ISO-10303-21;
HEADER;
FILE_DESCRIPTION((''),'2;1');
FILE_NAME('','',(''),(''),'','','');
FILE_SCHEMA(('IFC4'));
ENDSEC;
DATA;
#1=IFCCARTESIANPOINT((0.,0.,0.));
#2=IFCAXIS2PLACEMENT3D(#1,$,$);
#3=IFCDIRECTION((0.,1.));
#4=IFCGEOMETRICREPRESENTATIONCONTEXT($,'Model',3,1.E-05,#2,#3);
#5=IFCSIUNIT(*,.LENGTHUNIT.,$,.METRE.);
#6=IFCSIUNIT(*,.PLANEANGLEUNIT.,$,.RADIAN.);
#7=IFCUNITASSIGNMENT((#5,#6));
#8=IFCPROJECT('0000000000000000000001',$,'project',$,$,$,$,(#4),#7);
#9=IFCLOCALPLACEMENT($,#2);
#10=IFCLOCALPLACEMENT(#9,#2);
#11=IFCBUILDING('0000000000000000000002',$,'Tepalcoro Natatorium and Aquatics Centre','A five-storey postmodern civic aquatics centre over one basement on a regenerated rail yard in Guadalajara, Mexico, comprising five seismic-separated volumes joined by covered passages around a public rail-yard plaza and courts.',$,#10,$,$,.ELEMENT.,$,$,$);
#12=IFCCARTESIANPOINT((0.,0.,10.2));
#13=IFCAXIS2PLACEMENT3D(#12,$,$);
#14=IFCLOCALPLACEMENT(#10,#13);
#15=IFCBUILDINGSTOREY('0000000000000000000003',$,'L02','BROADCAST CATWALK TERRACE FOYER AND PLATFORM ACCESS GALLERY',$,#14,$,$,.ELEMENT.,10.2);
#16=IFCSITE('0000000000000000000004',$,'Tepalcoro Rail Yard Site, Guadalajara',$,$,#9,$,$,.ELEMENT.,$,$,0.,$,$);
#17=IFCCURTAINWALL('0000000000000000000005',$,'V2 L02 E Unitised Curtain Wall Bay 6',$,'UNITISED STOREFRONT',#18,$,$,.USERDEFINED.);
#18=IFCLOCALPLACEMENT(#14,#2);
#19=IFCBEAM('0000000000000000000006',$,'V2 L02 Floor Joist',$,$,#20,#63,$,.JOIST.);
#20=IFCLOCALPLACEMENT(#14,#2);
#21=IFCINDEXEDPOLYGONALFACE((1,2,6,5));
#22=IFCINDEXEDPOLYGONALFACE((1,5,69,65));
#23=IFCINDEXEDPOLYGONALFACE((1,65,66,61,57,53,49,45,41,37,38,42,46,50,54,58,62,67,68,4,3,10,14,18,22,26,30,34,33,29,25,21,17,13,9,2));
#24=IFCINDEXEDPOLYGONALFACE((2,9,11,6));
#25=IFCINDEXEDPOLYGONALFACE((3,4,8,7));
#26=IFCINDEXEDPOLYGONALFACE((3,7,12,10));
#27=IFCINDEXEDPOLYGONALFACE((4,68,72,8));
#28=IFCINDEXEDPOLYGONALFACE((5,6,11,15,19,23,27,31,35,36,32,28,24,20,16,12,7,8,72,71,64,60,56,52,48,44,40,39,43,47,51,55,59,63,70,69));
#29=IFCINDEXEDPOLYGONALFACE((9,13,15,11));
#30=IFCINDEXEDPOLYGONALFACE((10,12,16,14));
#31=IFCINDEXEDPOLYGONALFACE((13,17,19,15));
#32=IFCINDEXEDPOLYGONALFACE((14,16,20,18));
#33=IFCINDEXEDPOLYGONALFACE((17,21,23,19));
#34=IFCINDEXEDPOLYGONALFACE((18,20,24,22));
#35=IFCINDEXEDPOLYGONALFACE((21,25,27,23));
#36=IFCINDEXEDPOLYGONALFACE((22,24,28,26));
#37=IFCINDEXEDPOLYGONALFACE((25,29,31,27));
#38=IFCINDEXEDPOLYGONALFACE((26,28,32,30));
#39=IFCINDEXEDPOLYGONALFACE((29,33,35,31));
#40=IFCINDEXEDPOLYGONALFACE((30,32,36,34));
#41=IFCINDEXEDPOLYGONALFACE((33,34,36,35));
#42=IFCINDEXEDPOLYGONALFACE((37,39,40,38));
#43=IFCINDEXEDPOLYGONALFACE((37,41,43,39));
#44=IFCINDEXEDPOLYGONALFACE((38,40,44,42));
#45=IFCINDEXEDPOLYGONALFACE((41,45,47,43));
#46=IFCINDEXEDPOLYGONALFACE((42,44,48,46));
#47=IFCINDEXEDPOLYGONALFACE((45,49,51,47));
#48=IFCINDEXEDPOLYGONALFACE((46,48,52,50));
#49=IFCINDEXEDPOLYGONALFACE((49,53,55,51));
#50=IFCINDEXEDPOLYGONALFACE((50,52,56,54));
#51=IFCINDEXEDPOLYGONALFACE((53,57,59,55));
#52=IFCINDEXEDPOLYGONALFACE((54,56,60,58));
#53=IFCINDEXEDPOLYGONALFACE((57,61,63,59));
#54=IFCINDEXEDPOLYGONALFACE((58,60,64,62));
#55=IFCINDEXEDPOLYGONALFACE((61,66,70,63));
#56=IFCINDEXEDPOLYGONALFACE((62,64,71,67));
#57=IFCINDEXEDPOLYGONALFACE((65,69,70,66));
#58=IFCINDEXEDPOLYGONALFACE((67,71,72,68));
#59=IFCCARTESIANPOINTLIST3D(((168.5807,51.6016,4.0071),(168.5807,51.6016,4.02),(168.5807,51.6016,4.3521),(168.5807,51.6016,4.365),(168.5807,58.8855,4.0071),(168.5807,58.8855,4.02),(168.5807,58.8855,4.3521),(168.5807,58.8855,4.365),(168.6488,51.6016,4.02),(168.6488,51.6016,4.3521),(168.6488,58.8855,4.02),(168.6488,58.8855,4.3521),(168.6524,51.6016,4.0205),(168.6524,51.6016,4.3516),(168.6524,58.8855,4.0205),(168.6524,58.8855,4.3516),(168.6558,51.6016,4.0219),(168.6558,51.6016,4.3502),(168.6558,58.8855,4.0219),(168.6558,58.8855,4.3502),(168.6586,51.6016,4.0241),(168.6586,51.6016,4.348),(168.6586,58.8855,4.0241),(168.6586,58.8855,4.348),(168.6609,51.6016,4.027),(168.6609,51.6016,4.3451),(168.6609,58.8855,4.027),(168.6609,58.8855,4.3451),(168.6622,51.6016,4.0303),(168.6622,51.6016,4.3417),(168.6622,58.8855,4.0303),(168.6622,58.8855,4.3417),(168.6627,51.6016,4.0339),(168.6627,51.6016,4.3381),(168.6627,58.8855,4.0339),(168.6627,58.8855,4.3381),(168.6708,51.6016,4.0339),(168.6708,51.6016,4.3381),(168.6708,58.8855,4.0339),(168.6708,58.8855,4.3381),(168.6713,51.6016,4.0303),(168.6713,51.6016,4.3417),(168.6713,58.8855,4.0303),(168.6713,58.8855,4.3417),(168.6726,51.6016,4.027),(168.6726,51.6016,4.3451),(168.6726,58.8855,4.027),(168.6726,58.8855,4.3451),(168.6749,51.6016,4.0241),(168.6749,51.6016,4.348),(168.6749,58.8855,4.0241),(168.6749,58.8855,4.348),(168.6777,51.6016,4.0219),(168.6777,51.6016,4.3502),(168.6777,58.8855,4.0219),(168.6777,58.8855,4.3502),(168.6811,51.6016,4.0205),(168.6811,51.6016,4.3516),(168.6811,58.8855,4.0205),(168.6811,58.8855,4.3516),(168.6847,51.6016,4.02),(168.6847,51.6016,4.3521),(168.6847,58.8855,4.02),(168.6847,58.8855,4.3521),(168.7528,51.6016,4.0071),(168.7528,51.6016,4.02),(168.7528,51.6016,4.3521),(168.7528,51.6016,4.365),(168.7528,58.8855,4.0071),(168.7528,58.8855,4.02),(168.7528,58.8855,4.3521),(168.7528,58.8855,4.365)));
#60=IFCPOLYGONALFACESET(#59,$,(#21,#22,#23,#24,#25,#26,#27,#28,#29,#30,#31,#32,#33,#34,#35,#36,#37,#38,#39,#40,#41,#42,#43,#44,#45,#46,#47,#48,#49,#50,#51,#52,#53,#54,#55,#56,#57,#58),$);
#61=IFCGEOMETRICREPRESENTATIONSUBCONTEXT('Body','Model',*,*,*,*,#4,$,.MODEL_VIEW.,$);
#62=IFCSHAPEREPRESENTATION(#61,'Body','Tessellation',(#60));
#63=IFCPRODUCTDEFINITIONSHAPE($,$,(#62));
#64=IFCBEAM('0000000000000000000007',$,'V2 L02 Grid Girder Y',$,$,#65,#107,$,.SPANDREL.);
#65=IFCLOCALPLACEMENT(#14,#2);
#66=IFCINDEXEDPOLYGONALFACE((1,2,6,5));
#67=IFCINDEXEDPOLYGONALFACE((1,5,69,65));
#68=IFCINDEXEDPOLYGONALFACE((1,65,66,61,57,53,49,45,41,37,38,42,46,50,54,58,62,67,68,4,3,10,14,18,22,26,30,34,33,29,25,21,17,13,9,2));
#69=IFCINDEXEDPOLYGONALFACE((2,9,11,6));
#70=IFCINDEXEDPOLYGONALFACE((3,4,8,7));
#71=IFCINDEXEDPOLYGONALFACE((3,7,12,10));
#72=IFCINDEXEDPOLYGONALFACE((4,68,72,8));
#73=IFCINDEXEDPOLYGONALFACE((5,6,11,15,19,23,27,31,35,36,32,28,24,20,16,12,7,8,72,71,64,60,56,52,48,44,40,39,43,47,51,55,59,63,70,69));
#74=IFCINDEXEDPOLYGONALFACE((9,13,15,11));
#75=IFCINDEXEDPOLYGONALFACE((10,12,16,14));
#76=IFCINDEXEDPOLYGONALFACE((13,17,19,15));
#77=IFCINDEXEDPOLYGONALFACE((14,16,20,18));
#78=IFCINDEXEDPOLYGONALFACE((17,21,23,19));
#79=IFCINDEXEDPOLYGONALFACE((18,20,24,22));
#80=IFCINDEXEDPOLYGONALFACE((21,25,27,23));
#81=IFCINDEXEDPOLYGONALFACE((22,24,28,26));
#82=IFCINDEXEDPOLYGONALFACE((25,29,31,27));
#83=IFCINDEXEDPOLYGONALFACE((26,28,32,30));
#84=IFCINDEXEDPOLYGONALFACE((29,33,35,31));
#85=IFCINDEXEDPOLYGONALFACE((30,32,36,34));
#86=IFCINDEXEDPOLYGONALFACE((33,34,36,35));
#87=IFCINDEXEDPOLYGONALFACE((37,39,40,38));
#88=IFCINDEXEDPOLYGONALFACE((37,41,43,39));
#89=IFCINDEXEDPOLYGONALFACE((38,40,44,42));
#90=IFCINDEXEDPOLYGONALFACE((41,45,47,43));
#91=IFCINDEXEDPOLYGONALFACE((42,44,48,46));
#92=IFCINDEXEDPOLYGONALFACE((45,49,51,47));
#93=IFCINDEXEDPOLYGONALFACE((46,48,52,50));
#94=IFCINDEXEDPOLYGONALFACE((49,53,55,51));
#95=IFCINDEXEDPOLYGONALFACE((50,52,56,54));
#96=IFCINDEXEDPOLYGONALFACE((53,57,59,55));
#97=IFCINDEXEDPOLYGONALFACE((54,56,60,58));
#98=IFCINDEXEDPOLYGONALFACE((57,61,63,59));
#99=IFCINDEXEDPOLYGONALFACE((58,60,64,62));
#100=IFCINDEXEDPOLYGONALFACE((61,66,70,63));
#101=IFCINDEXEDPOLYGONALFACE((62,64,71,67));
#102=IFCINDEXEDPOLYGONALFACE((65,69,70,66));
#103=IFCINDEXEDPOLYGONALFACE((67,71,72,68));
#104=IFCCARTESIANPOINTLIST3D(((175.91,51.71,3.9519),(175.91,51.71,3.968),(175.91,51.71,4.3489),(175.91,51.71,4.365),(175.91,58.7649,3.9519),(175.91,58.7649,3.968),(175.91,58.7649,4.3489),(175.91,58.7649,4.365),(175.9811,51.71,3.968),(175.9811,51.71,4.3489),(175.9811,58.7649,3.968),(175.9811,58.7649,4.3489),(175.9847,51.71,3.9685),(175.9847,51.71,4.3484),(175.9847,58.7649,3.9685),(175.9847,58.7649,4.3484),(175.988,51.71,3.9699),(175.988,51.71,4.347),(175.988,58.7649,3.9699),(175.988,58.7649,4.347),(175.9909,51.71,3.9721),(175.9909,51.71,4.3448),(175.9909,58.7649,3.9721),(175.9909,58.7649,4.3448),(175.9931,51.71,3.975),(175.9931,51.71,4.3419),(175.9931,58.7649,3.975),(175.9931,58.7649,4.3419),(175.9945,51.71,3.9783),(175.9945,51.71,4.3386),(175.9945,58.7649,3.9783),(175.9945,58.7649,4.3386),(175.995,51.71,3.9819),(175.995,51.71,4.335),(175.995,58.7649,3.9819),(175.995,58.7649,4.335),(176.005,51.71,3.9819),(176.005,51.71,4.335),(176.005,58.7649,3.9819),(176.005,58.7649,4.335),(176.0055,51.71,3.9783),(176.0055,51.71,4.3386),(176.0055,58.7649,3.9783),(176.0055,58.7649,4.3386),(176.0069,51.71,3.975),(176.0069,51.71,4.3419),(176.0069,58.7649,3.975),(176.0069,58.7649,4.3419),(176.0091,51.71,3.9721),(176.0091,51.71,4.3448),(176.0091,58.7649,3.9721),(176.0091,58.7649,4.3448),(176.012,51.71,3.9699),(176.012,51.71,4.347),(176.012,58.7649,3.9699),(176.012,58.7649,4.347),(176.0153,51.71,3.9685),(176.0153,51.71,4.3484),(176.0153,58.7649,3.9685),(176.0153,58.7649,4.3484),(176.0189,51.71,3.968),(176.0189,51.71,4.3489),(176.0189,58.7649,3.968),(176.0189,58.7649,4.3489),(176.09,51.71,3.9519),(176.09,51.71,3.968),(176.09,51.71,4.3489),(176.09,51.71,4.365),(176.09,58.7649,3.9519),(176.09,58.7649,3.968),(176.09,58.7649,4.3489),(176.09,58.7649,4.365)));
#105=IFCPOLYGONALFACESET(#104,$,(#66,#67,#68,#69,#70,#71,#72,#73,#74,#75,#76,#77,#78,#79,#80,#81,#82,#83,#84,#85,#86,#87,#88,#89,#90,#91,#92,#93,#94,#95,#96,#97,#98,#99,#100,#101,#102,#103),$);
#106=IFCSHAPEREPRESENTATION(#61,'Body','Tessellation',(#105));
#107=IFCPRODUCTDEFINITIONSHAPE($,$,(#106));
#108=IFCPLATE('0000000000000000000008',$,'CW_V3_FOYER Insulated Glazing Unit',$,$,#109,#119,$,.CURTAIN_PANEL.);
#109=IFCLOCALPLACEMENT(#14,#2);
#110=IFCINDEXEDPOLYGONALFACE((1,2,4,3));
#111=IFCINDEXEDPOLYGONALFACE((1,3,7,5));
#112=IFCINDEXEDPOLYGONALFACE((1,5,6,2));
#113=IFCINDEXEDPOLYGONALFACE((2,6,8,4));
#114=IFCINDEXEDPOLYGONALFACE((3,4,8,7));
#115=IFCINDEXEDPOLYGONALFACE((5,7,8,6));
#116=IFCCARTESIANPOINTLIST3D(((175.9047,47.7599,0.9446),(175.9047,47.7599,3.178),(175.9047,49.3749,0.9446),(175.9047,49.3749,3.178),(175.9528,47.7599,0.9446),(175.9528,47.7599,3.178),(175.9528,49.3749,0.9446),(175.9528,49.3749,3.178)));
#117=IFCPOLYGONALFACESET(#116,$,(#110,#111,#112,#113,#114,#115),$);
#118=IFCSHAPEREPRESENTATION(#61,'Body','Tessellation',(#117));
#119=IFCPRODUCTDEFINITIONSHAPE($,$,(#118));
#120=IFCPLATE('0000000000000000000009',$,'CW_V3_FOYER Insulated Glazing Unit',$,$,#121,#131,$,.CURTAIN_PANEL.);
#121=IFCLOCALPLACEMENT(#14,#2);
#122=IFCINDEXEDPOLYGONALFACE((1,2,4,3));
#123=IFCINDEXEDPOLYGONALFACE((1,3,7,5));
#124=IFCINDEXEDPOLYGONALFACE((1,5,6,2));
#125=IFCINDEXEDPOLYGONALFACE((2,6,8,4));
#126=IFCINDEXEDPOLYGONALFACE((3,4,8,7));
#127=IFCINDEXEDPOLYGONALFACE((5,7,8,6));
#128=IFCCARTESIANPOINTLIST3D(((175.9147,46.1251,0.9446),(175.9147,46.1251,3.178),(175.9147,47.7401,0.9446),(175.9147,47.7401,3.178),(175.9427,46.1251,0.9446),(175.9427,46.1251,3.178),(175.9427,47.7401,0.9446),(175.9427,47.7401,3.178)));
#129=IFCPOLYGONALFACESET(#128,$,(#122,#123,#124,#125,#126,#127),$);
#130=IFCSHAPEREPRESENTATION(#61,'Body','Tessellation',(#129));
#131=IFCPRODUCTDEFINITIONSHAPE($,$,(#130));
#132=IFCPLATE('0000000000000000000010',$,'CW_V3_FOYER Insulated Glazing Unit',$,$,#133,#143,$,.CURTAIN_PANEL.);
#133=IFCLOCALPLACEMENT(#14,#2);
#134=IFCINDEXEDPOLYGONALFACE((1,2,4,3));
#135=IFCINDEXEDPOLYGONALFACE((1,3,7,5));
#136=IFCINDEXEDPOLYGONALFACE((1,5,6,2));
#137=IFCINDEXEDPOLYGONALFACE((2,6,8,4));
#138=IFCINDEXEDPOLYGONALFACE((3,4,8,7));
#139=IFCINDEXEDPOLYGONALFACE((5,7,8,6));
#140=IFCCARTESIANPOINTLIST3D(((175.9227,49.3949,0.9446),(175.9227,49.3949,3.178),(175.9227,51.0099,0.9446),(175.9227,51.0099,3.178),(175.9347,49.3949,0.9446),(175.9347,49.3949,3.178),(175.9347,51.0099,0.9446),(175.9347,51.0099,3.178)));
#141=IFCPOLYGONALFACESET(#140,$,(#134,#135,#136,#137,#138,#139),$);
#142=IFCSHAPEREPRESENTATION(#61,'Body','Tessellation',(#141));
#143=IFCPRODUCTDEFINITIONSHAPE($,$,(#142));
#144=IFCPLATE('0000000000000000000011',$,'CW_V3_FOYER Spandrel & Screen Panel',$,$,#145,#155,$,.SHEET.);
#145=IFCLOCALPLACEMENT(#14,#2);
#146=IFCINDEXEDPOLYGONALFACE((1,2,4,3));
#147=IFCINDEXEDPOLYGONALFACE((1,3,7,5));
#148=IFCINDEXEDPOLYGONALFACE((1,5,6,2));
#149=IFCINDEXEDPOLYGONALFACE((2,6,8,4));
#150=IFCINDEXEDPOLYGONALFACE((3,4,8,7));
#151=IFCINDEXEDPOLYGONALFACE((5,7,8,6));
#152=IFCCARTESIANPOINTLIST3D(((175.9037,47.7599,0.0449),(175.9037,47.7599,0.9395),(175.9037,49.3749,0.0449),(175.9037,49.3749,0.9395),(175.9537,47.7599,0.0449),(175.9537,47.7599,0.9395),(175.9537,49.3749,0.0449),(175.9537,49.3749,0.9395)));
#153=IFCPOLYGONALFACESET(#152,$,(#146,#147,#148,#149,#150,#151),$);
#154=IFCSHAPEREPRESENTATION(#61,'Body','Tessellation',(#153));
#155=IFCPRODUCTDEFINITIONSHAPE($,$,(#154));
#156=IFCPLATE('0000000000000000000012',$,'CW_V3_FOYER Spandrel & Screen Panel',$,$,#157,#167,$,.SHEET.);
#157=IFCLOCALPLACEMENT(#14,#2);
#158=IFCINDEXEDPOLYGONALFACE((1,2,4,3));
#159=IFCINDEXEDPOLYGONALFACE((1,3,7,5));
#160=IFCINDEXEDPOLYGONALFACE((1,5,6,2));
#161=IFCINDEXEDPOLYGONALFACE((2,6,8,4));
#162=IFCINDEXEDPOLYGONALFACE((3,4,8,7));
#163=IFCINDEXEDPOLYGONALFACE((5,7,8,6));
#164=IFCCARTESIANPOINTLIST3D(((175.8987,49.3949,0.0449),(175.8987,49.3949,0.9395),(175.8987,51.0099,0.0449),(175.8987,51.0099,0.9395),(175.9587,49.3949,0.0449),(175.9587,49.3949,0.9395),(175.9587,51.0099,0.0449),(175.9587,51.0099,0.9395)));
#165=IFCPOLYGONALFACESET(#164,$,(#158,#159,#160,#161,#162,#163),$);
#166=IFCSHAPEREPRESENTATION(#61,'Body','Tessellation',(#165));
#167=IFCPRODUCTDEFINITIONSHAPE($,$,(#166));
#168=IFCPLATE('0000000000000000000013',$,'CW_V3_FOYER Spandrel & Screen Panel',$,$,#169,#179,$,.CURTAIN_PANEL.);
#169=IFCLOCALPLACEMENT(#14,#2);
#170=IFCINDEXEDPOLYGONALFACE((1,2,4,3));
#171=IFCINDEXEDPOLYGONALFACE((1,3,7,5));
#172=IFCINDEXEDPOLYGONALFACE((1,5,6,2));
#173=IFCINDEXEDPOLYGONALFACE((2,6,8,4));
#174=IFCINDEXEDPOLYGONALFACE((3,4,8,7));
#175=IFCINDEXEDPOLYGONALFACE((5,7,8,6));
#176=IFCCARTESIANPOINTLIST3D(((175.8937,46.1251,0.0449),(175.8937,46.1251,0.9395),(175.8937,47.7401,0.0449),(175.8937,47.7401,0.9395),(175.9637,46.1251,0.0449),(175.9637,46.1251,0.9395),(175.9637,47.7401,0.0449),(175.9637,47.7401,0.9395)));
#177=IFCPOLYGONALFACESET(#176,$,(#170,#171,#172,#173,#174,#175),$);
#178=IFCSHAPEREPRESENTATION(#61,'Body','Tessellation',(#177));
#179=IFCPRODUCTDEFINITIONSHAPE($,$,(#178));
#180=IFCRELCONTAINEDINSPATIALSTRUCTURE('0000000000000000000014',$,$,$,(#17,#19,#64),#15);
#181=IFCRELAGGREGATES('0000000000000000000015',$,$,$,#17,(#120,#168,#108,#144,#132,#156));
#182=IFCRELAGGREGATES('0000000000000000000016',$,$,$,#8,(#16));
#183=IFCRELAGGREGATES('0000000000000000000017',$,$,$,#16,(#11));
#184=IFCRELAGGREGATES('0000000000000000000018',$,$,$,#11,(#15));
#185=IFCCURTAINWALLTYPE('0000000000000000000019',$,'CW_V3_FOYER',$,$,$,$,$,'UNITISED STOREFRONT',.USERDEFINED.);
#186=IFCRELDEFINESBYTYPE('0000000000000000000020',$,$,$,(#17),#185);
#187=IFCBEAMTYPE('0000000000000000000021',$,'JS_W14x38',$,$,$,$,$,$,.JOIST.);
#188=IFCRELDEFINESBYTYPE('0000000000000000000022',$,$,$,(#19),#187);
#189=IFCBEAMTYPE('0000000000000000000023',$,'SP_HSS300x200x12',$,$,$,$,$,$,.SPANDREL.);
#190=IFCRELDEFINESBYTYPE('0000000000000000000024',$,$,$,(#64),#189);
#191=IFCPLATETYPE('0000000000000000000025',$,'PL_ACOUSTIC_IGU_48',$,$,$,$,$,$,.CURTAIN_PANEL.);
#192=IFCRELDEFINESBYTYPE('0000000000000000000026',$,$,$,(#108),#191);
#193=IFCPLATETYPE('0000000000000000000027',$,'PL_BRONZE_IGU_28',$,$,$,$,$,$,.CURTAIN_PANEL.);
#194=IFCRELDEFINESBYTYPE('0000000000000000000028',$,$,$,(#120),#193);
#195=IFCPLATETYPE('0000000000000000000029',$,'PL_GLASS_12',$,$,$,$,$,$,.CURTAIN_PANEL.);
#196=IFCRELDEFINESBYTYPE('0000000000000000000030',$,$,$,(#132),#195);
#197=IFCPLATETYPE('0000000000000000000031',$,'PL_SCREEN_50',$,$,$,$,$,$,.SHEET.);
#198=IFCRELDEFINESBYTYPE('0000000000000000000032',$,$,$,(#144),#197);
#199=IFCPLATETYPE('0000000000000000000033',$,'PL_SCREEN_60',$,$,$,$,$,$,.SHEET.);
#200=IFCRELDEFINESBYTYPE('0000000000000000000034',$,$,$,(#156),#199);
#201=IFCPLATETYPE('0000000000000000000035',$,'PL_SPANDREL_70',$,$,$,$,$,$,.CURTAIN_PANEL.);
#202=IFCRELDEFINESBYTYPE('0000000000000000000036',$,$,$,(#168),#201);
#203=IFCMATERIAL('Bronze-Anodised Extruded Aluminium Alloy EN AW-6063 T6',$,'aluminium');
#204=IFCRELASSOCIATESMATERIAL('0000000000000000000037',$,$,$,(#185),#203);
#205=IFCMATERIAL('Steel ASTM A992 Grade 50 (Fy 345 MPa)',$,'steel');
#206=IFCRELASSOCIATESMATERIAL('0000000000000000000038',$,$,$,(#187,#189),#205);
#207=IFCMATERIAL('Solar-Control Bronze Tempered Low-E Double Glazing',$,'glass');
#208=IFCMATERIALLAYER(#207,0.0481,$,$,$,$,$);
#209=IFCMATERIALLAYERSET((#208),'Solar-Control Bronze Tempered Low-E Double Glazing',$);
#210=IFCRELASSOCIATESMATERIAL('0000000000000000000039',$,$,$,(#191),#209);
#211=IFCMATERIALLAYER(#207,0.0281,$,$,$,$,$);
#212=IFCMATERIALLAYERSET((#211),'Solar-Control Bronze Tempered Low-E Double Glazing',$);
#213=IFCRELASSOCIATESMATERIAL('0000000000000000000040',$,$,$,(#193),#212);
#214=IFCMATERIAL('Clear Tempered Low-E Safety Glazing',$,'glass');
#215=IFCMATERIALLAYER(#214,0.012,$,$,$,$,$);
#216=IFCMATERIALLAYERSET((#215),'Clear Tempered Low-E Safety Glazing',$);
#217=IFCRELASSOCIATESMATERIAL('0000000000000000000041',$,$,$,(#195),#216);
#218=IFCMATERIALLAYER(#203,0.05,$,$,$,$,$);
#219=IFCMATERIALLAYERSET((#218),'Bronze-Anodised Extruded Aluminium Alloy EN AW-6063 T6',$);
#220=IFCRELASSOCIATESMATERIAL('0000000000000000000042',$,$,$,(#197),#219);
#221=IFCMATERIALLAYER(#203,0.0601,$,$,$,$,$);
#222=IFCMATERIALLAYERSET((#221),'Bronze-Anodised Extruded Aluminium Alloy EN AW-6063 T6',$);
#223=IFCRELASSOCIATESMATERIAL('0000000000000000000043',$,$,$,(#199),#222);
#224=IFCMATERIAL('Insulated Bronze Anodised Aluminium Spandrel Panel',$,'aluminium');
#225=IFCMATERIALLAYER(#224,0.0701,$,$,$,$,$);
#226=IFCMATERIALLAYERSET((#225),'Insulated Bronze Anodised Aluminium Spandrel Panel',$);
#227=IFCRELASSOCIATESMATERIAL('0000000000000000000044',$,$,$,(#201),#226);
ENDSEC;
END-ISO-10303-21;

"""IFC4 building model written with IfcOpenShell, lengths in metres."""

from ifc_helpers import new_model, si_unit, direction, frame, origin, origin_2d, place, context, subcontext, project, spatial, rectangle, i_section, extrude, material, layer, layer_set, material_profile, profile_set, type_object, element, aggregate, save


model = new_model("IFC4")

# Units and contexts
model_context = context("Model", 3, precision=1e-05, world=origin(), true_north=direction((0.0, 1.0)))
body_context = subcontext(model_context, "Body", "Model", "MODEL_VIEW")
ifc_project = project(units=[si_unit("LENGTHUNIT", "METRE"), si_unit("PLANEANGLEUNIT", "RADIAN")], contexts=[model_context])

# Site, building, storey
site_placement = place(None, origin())
site = spatial("IfcSite", under=ifc_project, at=site_placement, Name="Tepalcoro Rail Yard Site, Guadalajara", CompositionType="ELEMENT", RefElevation=0.0)
building_placement = place(site_placement, origin())
building = spatial("IfcBuilding", under=site, at=building_placement, Name="Tepalcoro Natatorium and Aquatics Centre", Description="A five-storey postmodern civic aquatics centre over one basement on a regenerated rail yard in Guadalajara, Mexico, comprising five seismic-separated volumes joined by covered passages around a public rail-yard plaza and courts.", CompositionType="ELEMENT")
storey_placement = place(building_placement, frame((0.0, 0.0, 10.2)))
storey = spatial("IfcBuildingStorey", under=building, at=storey_placement, Name="L02", Description="BROADCAST CATWALK TERRACE FOYER AND PLATFORM ACCESS GALLERY", CompositionType="ELEMENT", Elevation=10.2)

# Shared definitions
ifc_material_1 = material(Name="Steel ASTM A992 Grade 50 (Fy 345 MPa)", Category="steel")

# Curtain wall
ifc_material_2 = material(Name="Bronze-Anodised Extruded Aluminium Alloy EN AW-6063 T6", Category="aluminium")
curtain_wall_type = type_object("IfcCurtainWallType", Name="CW_V3_FOYER", ElementType="UNITISED STOREFRONT", PredefinedType="USERDEFINED", material=ifc_material_2)
curtain_wall_placement = place(storey_placement, origin())
curtain_wall = element("IfcCurtainWall", 1, at=curtain_wall_placement, inside=storey, type_object=curtain_wall_type, Name="V2 L02 E Unitised Curtain Wall Bay 6", ObjectType="UNITISED STOREFRONT", PredefinedType="USERDEFINED")

# Beams
ifc_material_profile_1 = material_profile(ifc_material_1, i_section(OverallWidth=0.1721, OverallDepth=0.3579, WebThickness=0.0081, FlangeThickness=0.0129, FilletRadius=0.0139, at=origin_2d()), Name="W14X38")
ifc_profile_set_1 = profile_set([ifc_material_profile_1], Name="Steel ASTM A992 Grade 50 (Fy 345 MPa)")
beam_type_1 = type_object("IfcBeamType", Name="JS_W14x38", PredefinedType="JOIST", material=ifc_profile_set_1)
beam_1_placement = place(storey_placement, frame((168.6667, 51.6016, 4.186), z_axis=(0.0, 1.0, 0.0), x_axis=(-1.0, 0.0, 0.0)))
element("IfcBeam", 2, at=beam_1_placement, inside=storey, type_object=beam_type_1, Name="V2 L02 Floor Joist", PredefinedType="JOIST", context=body_context, shape_type="SweptSolid", body=[
    extrude(i_section(OverallWidth=0.1721, OverallDepth=0.3579, WebThickness=0.0081, FlangeThickness=0.0129, FilletRadius=0.0139, at=origin_2d()), origin(), (0.0, 0.0, 1.0), 7.2839),
])
ifc_material_profile_2 = material_profile(ifc_material_1, i_section(OverallWidth=0.1799, OverallDepth=0.4131, WebThickness=0.01, FlangeThickness=0.0161, FilletRadius=0.0139, at=origin_2d()), Name="W16X50")
ifc_profile_set_2 = profile_set([ifc_material_profile_2], Name="Steel ASTM A992 Grade 50 (Fy 345 MPa)")
beam_type_2 = type_object("IfcBeamType", Name="SP_HSS300x200x12", PredefinedType="SPANDREL", material=ifc_profile_set_2)
beam_2_placement = place(storey_placement, frame((176.0, 51.71, 4.1584), z_axis=(0.0, 1.0, 0.0), x_axis=(-1.0, 0.0, 0.0)))
element("IfcBeam", 3, at=beam_2_placement, inside=storey, type_object=beam_type_2, Name="V2 L02 Grid Girder Y", PredefinedType="SPANDREL", context=body_context, shape_type="SweptSolid", body=[
    extrude(i_section(OverallWidth=0.1799, OverallDepth=0.4131, WebThickness=0.01, FlangeThickness=0.0161, FilletRadius=0.0139, at=origin_2d()), origin(), (0.0, 0.0, 1.0), 7.0549),
])

# Plates
ifc_material_3 = material(Name="Solar-Control Bronze Tempered Low-E Double Glazing", Category="glass")
ifc_layer_1 = layer(ifc_material_3, 0.0481)
ifc_layer_set_1 = layer_set([ifc_layer_1], Name="Solar-Control Bronze Tempered Low-E Double Glazing")
plate_type_1 = type_object("IfcPlateType", Name="PL_ACOUSTIC_IGU_48", PredefinedType="CURTAIN_PANEL", material=ifc_layer_set_1)
plate_1_placement = place(storey_placement, frame((175.9287, 48.5674, 0.9446), z_axis=(0.0, 0.0, 1.0), x_axis=(1.0, 0.0, 0.0)))
plate_1 = element("IfcPlate", 4, at=plate_1_placement, type_object=plate_type_1, Name="CW_V3_FOYER Insulated Glazing Unit", PredefinedType="CURTAIN_PANEL", context=body_context, shape_type="SweptSolid", body=[
    extrude(rectangle(XDim=0.0481, YDim=1.615, at=origin_2d()), origin(), (0.0, 0.0, 1.0), 2.2334),
])
ifc_layer_2 = layer(ifc_material_3, 0.0281)
ifc_layer_set_2 = layer_set([ifc_layer_2], Name="Solar-Control Bronze Tempered Low-E Double Glazing")
plate_type_2 = type_object("IfcPlateType", Name="PL_BRONZE_IGU_28", PredefinedType="CURTAIN_PANEL", material=ifc_layer_set_2)
plate_2_placement = place(storey_placement, frame((175.9287, 46.9326, 0.9446), z_axis=(0.0, 0.0, 1.0), x_axis=(1.0, 0.0, 0.0)))
plate_2 = element("IfcPlate", 5, at=plate_2_placement, type_object=plate_type_2, Name="CW_V3_FOYER Insulated Glazing Unit", PredefinedType="CURTAIN_PANEL", context=body_context, shape_type="SweptSolid", body=[
    extrude(rectangle(XDim=0.0281, YDim=1.615, at=origin_2d()), origin(), (0.0, 0.0, 1.0), 2.2334),
])
ifc_material_4 = material(Name="Clear Tempered Low-E Safety Glazing", Category="glass")
ifc_layer_3 = layer(ifc_material_4, 0.012)
ifc_layer_set_3 = layer_set([ifc_layer_3], Name="Clear Tempered Low-E Safety Glazing")
plate_type_3 = type_object("IfcPlateType", Name="PL_GLASS_12", PredefinedType="CURTAIN_PANEL", material=ifc_layer_set_3)
plate_3_placement = place(storey_placement, frame((175.9287, 50.2024, 0.9446), z_axis=(0.0, 0.0, 1.0), x_axis=(1.0, 0.0, 0.0)))
plate_3 = element("IfcPlate", 6, at=plate_3_placement, type_object=plate_type_3, Name="CW_V3_FOYER Insulated Glazing Unit", PredefinedType="CURTAIN_PANEL", context=body_context, shape_type="SweptSolid", body=[
    extrude(rectangle(XDim=0.012, YDim=1.615, at=origin_2d()), origin(), (0.0, 0.0, 1.0), 2.2334),
])
ifc_layer_4 = layer(ifc_material_2, 0.05)
ifc_layer_set_4 = layer_set([ifc_layer_4], Name="Bronze-Anodised Extruded Aluminium Alloy EN AW-6063 T6")
plate_type_4 = type_object("IfcPlateType", Name="PL_SCREEN_50", PredefinedType="SHEET", material=ifc_layer_set_4)
plate_4_placement = place(storey_placement, frame((175.9287, 48.5674, 0.0449), z_axis=(0.0, 0.0, 1.0), x_axis=(1.0, 0.0, 0.0)))
plate_4 = element("IfcPlate", 7, at=plate_4_placement, type_object=plate_type_4, Name="CW_V3_FOYER Spandrel & Screen Panel", PredefinedType="SHEET", context=body_context, shape_type="SweptSolid", body=[
    extrude(rectangle(XDim=0.05, YDim=1.615, at=origin_2d()), origin(), (0.0, 0.0, 1.0), 0.8945),
])
ifc_layer_5 = layer(ifc_material_2, 0.0601)
ifc_layer_set_5 = layer_set([ifc_layer_5], Name="Bronze-Anodised Extruded Aluminium Alloy EN AW-6063 T6")
plate_type_5 = type_object("IfcPlateType", Name="PL_SCREEN_60", PredefinedType="SHEET", material=ifc_layer_set_5)
plate_5_placement = place(storey_placement, frame((175.9287, 50.2024, 0.0449), z_axis=(0.0, 0.0, 1.0), x_axis=(1.0, 0.0, 0.0)))
plate_5 = element("IfcPlate", 8, at=plate_5_placement, type_object=plate_type_5, Name="CW_V3_FOYER Spandrel & Screen Panel", PredefinedType="SHEET", context=body_context, shape_type="SweptSolid", body=[
    extrude(rectangle(XDim=0.0601, YDim=1.615, at=origin_2d()), origin(), (0.0, 0.0, 1.0), 0.8945),
])
ifc_material_5 = material(Name="Insulated Bronze Anodised Aluminium Spandrel Panel", Category="aluminium")
ifc_layer_6 = layer(ifc_material_5, 0.0701)
ifc_layer_set_6 = layer_set([ifc_layer_6], Name="Insulated Bronze Anodised Aluminium Spandrel Panel")
plate_type_6 = type_object("IfcPlateType", Name="PL_SPANDREL_70", PredefinedType="CURTAIN_PANEL", material=ifc_layer_set_6)
plate_6_placement = place(storey_placement, frame((175.9287, 46.9326, 0.0449), z_axis=(0.0, 0.0, 1.0), x_axis=(1.0, 0.0, 0.0)))
plate_6 = element("IfcPlate", 9, at=plate_6_placement, type_object=plate_type_6, Name="CW_V3_FOYER Spandrel & Screen Panel", PredefinedType="CURTAIN_PANEL", context=body_context, shape_type="SweptSolid", body=[
    extrude(rectangle(XDim=0.0701, YDim=1.615, at=origin_2d()), origin(), (0.0, 0.0, 1.0), 0.8945),
])
aggregate(curtain_wall, [plate_2, plate_6, plate_1, plate_4, plate_3, plate_5])

save(model, "model.ifc")
